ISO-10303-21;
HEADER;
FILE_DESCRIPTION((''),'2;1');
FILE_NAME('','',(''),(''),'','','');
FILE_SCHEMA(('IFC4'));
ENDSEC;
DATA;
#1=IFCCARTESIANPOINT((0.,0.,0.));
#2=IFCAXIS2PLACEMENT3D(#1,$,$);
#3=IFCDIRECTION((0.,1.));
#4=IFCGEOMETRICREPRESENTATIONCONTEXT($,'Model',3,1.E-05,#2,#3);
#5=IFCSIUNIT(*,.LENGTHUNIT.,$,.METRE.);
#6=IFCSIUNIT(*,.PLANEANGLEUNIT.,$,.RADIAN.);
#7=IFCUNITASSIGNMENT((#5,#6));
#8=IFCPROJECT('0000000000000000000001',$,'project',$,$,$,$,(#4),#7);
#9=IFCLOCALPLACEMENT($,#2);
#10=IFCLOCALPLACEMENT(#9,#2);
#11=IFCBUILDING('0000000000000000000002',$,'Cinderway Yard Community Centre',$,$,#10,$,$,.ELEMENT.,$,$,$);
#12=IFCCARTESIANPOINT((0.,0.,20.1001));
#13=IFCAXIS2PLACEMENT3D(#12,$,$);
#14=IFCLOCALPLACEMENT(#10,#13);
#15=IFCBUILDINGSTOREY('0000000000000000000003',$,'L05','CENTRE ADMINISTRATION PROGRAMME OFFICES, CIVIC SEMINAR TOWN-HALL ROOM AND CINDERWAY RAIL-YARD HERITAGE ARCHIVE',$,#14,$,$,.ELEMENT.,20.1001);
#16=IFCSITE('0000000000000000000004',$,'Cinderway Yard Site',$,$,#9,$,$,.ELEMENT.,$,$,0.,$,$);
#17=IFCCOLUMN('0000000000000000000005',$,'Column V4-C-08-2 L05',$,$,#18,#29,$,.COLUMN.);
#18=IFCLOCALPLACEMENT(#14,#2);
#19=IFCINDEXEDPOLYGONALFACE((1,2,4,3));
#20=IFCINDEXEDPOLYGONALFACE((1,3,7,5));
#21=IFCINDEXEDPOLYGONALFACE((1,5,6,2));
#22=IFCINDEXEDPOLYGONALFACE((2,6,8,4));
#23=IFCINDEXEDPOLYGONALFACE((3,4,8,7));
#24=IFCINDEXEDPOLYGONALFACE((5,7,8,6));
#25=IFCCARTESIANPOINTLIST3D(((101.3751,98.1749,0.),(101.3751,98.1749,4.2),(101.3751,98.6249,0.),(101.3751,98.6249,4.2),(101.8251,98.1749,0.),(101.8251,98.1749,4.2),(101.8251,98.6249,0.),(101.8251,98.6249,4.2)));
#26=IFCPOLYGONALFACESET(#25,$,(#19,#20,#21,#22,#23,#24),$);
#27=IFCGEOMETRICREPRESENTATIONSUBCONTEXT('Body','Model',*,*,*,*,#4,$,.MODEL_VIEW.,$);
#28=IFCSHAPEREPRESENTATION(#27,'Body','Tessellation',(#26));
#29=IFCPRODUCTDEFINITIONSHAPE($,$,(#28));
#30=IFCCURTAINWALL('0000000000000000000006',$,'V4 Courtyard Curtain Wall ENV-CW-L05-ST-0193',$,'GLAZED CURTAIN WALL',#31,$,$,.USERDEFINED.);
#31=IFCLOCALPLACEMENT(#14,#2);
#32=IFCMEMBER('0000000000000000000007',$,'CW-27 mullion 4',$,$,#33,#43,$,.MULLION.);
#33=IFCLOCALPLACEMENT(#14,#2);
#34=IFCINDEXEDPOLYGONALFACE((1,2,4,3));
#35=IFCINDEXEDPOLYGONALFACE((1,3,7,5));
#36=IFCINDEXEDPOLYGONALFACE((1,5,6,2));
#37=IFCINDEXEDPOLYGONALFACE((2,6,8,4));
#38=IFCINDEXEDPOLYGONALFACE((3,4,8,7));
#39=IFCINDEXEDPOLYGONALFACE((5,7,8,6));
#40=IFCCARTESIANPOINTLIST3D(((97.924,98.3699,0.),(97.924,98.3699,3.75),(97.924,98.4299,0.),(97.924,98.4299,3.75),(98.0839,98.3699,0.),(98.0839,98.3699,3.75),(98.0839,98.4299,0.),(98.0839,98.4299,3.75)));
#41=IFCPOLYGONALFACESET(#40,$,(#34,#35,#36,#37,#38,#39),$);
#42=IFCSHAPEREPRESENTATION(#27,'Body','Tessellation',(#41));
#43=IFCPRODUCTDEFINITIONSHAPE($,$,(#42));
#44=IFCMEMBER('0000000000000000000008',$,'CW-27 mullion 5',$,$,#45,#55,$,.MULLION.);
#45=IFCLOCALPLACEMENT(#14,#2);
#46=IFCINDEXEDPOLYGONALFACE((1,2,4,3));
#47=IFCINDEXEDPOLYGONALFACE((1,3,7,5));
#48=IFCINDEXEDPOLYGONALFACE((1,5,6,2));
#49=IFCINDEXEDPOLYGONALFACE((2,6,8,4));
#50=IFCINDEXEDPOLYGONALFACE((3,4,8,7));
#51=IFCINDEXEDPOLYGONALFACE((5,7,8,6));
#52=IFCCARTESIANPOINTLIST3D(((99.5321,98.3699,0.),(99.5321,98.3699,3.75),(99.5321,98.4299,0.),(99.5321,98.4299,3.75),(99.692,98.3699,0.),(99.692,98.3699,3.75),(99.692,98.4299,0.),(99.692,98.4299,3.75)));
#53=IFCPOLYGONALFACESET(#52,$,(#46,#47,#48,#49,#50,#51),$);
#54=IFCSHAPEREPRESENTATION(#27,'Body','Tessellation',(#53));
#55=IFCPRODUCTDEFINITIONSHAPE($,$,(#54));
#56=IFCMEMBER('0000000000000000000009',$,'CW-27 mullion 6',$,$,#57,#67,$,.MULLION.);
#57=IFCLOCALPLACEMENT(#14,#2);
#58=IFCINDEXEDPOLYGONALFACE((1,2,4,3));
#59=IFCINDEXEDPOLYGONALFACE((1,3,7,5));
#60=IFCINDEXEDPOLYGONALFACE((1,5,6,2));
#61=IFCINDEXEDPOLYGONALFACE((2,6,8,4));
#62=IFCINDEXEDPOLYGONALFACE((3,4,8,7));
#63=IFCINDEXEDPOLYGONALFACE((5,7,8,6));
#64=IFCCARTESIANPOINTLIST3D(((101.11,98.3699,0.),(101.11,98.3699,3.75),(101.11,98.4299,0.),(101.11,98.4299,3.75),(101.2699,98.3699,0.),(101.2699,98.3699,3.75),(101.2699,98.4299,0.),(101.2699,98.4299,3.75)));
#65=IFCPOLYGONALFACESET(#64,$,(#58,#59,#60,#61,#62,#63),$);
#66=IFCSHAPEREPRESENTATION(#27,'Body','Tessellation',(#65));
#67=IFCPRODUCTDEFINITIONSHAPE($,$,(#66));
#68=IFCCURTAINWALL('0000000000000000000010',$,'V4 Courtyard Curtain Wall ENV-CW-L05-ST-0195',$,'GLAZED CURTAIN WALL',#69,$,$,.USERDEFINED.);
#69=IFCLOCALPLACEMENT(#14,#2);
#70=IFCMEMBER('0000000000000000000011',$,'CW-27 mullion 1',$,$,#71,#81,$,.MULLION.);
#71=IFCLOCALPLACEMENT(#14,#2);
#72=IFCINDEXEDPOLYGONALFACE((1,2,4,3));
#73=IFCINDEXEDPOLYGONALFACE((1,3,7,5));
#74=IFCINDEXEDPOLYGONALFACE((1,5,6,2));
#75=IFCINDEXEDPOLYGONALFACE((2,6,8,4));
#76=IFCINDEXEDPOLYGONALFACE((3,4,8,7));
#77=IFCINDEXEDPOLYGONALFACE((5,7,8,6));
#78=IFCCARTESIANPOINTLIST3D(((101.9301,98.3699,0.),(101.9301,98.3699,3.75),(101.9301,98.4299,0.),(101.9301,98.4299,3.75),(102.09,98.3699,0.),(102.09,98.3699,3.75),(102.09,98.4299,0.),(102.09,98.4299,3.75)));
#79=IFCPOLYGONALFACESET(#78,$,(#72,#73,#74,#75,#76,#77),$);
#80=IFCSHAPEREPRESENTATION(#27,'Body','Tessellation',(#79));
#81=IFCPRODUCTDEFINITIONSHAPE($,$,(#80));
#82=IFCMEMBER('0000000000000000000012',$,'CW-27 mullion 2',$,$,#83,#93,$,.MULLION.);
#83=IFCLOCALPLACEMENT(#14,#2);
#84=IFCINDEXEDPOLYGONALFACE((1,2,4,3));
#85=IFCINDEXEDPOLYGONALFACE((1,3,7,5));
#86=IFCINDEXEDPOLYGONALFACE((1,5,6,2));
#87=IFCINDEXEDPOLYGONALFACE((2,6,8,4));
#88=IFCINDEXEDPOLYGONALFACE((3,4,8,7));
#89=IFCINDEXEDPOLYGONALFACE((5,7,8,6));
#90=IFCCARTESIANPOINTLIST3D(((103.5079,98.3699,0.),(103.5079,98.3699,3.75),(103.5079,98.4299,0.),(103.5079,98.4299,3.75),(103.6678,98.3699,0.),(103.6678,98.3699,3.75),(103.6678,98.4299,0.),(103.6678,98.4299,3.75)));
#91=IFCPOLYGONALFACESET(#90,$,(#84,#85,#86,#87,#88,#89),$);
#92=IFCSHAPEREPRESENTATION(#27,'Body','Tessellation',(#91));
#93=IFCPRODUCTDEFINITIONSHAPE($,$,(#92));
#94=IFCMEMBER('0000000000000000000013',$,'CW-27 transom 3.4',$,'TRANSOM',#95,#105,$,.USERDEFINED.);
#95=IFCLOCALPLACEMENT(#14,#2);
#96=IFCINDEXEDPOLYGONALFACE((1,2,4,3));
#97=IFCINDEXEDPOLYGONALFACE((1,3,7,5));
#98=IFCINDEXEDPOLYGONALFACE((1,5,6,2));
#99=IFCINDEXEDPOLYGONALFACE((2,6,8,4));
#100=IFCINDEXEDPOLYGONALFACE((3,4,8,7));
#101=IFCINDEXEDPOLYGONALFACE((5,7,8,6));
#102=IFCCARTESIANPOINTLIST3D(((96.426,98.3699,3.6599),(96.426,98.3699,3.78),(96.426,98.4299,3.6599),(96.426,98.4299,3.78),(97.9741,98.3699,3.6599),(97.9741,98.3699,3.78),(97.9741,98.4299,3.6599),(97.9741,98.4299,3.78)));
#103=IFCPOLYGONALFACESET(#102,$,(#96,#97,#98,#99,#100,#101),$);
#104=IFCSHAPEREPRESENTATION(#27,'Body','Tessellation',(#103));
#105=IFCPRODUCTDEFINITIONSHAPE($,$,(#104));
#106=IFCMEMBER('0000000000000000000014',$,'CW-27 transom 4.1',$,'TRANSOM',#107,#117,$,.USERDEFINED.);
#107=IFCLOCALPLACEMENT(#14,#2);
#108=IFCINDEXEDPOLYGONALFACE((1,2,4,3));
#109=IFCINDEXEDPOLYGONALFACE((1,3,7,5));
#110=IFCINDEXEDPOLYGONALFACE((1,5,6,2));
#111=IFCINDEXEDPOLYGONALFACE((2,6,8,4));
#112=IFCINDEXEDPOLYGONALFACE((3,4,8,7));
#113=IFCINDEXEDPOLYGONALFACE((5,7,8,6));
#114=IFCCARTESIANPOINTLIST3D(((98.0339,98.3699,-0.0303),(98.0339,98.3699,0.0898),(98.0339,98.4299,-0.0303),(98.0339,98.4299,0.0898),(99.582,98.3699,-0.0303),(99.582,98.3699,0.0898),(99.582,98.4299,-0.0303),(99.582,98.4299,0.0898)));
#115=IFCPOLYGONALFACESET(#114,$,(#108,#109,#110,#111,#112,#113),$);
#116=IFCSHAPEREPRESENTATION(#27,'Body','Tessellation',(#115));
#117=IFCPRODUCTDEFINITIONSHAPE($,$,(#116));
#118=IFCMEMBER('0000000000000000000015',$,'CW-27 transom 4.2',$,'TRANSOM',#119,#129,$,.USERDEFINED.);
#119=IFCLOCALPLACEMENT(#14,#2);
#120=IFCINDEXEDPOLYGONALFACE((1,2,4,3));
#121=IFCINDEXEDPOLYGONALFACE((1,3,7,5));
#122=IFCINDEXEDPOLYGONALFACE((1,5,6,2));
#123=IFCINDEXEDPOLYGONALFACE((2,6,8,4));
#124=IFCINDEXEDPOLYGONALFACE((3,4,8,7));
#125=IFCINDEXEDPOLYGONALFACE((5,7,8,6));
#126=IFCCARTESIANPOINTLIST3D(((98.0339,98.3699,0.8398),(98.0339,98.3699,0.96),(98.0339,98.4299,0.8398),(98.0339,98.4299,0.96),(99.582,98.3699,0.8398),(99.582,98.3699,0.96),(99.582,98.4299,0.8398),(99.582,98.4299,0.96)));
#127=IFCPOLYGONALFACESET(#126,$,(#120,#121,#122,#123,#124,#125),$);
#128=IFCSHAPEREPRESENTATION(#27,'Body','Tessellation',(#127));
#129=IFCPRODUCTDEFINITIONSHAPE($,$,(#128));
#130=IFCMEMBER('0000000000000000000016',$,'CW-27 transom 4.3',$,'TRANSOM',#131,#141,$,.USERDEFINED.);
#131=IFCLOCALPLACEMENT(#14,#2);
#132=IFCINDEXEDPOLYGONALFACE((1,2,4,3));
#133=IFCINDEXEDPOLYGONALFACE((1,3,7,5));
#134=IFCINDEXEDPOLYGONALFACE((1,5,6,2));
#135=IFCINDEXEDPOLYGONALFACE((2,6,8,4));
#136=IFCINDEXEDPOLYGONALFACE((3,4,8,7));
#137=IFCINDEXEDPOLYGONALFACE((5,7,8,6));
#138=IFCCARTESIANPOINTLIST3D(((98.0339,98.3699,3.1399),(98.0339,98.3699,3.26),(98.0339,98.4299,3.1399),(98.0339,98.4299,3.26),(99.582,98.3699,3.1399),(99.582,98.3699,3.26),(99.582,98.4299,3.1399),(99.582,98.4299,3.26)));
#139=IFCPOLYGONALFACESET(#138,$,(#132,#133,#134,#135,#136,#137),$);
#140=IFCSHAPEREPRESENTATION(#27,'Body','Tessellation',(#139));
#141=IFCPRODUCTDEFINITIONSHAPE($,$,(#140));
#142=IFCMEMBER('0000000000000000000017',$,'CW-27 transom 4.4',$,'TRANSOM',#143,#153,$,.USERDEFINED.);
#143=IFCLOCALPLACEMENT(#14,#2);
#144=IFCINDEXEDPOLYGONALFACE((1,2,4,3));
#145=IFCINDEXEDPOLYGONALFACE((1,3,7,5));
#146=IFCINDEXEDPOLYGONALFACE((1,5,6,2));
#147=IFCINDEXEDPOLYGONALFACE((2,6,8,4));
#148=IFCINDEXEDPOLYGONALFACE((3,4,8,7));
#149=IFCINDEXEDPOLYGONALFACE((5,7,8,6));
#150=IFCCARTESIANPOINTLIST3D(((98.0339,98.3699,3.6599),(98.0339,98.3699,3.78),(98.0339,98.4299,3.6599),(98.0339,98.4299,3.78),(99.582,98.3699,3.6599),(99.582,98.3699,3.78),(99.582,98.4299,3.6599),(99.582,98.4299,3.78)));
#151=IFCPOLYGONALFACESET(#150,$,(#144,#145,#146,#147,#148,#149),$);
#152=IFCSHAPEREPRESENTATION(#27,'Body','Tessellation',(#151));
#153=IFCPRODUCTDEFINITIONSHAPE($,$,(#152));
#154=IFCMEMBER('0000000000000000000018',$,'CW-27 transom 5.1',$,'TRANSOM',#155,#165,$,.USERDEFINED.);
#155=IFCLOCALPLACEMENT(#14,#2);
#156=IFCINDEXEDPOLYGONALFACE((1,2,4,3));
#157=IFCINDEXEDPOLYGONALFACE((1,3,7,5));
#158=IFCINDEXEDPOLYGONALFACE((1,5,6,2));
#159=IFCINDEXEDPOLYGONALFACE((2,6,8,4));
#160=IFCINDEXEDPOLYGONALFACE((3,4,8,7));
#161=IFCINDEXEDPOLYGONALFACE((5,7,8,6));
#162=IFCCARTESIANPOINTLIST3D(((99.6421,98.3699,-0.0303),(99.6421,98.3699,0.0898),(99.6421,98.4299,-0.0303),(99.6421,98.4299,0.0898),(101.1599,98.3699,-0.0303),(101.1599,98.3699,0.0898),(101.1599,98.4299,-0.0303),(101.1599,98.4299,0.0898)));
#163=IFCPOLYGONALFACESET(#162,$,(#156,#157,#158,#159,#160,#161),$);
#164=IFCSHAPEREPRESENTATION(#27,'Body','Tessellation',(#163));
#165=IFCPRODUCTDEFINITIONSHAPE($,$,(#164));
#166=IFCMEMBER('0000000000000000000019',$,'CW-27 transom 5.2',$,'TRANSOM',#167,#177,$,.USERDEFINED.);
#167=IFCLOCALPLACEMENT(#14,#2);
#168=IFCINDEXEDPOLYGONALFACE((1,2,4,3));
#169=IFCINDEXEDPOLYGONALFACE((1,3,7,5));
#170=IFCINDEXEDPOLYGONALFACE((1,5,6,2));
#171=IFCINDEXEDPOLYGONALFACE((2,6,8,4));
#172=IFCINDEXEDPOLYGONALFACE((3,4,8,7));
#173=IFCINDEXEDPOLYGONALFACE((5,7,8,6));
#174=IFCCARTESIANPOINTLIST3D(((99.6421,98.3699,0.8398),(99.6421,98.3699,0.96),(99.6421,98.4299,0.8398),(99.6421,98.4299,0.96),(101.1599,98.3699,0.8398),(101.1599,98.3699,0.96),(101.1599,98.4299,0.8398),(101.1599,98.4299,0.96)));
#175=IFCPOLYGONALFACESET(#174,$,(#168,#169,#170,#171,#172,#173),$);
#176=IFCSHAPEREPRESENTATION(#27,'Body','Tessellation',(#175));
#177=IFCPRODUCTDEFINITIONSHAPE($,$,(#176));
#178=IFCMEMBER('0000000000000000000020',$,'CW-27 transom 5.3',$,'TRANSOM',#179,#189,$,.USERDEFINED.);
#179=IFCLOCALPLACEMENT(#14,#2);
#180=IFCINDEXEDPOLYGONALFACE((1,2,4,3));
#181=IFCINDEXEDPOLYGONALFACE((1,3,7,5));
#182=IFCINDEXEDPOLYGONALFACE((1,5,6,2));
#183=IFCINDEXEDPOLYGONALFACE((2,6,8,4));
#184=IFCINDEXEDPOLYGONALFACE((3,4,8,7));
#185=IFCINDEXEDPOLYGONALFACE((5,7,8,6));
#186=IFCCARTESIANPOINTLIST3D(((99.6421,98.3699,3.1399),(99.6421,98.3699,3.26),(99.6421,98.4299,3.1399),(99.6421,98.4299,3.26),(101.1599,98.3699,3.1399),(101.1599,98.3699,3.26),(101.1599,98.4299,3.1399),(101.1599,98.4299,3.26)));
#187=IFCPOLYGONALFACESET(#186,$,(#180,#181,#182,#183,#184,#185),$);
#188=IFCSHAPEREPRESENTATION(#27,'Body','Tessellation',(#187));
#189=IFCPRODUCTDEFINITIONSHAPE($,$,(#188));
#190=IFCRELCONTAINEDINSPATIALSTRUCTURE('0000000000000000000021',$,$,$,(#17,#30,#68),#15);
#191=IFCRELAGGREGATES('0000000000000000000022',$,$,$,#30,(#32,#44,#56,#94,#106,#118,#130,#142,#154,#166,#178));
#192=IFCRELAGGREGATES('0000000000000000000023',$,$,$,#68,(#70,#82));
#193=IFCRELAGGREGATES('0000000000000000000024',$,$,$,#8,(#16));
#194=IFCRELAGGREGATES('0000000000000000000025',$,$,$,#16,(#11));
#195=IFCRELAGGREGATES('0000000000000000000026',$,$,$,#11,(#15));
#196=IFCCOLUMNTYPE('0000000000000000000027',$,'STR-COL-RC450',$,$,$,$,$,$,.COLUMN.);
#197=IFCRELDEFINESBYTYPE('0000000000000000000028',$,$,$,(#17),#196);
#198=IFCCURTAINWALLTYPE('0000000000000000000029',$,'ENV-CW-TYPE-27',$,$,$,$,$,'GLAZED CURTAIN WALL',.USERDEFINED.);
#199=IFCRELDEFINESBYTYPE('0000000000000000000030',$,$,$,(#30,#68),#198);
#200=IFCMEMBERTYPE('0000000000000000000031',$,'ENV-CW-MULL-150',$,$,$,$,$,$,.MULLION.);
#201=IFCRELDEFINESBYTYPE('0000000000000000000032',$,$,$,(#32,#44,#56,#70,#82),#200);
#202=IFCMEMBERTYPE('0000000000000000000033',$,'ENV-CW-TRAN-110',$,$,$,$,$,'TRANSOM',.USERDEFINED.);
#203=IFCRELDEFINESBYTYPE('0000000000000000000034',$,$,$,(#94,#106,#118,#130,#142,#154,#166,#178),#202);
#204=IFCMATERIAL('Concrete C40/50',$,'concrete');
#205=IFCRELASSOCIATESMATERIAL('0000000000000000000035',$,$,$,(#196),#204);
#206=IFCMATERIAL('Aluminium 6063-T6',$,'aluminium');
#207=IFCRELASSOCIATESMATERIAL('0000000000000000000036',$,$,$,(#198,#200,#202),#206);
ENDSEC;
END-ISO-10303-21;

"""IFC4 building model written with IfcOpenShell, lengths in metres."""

from ifc_helpers import new_model, si_unit, direction, frame, origin, origin_2d, place, context, subcontext, project, spatial, rectangle, extrude, material, material_profile, profile_set, type_object, element, aggregate, save


model = new_model("IFC4")

# Units and contexts
model_context = context("Model", 3, precision=1e-05, world=origin(), true_north=direction((0.0, 1.0)))
body_context = subcontext(model_context, "Body", "Model", "MODEL_VIEW")
ifc_project = project(units=[si_unit("LENGTHUNIT", "METRE"), si_unit("PLANEANGLEUNIT", "RADIAN")], contexts=[model_context])

# Site, building, storey
site_placement = place(None, origin())
site = spatial("IfcSite", under=ifc_project, at=site_placement, Name="Cinderway Yard Site", CompositionType="ELEMENT", RefElevation=0.0)
building_placement = place(site_placement, origin())
building = spatial("IfcBuilding", under=site, at=building_placement, Name="Cinderway Yard Community Centre", CompositionType="ELEMENT")
storey_placement = place(building_placement, frame((0.0, 0.0, 20.1001)))
storey = spatial("IfcBuildingStorey", under=building, at=storey_placement, Name="L05", Description="CENTRE ADMINISTRATION PROGRAMME OFFICES, CIVIC SEMINAR TOWN-HALL ROOM AND CINDERWAY RAIL-YARD HERITAGE ARCHIVE", CompositionType="ELEMENT", Elevation=20.1001)

# Column
ifc_material_1 = material(Name="Concrete C40/50", Category="concrete")
ifc_material_profile_1 = material_profile(ifc_material_1, rectangle(XDim=0.45, YDim=0.45, at=origin_2d()), Name="Concrete C40/50")
ifc_profile_set_1 = profile_set([ifc_material_profile_1], Name="Concrete C40/50")
column_type = type_object("IfcColumnType", Name="STR-COL-RC450", PredefinedType="COLUMN", material=ifc_profile_set_1)
column_placement = place(storey_placement, frame((101.6001, 98.3999, 0.0), z_axis=(0.0, 0.0, 1.0), x_axis=(1.0, 0.0, 0.0)))
element("IfcColumn", 1, at=column_placement, inside=storey, type_object=column_type, Name="Column V4-C-08-2 L05", PredefinedType="COLUMN", context=body_context, shape_type="SweptSolid", body=[
    extrude(rectangle(XDim=0.45, YDim=0.45, at=origin_2d()), origin(), (0.0, 0.0, 1.0), 4.2),
])

# Curtain walls, members
ifc_material_2 = material(Name="Aluminium 6063-T6", Category="aluminium")
curtain_wall_type = type_object("IfcCurtainWallType", Name="ENV-CW-TYPE-27", ElementType="GLAZED CURTAIN WALL", PredefinedType="USERDEFINED", material=ifc_material_2)
curtain_wall_1_placement = place(storey_placement, origin())
curtain_wall_1 = element("IfcCurtainWall", 2, at=curtain_wall_1_placement, inside=storey, type_object=curtain_wall_type, Name="V4 Courtyard Curtain Wall ENV-CW-L05-ST-0193", ObjectType="GLAZED CURTAIN WALL", PredefinedType="USERDEFINED")
ifc_material_profile_2 = material_profile(ifc_material_2, rectangle(XDim=0.0601, YDim=0.1599, at=origin_2d()), Name="Aluminium 6063-T6")
ifc_profile_set_2 = profile_set([ifc_material_profile_2], Name="Aluminium 6063-T6")
member_type_1 = type_object("IfcMemberType", Name="ENV-CW-MULL-150", PredefinedType="MULLION", material=ifc_profile_set_2)
member_1_placement = place(storey_placement, frame((98.0039, 98.3999, 0.0), z_axis=(0.0, 0.0, 1.0), x_axis=(0.0, 1.0, 0.0)))
member_1 = element("IfcMember", 3, at=member_1_placement, type_object=member_type_1, Name="CW-27 mullion 4", PredefinedType="MULLION", context=body_context, shape_type="SweptSolid", body=[
    extrude(rectangle(XDim=0.0601, YDim=0.1599, at=origin_2d()), origin(), (0.0, 0.0, 1.0), 3.75),
])
member_2_placement = place(storey_placement, frame((99.6121, 98.3999, 0.0), z_axis=(0.0, 0.0, 1.0), x_axis=(0.0, 1.0, 0.0)))
member_2 = element("IfcMember", 4, at=member_2_placement, type_object=member_type_1, Name="CW-27 mullion 5", PredefinedType="MULLION", context=body_context, shape_type="SweptSolid", body=[
    extrude(rectangle(XDim=0.0601, YDim=0.1599, at=origin_2d()), origin(), (0.0, 0.0, 1.0), 3.75),
])
member_3_placement = place(storey_placement, frame((101.1899, 98.3999, 0.0), z_axis=(0.0, 0.0, 1.0), x_axis=(0.0, 1.0, 0.0)))
member_3 = element("IfcMember", 5, at=member_3_placement, type_object=member_type_1, Name="CW-27 mullion 6", PredefinedType="MULLION", context=body_context, shape_type="SweptSolid", body=[
    extrude(rectangle(XDim=0.0601, YDim=0.1599, at=origin_2d()), origin(), (0.0, 0.0, 1.0), 3.75),
])
curtain_wall_2_placement = place(storey_placement, origin())
curtain_wall_2 = element("IfcCurtainWall", 6, at=curtain_wall_2_placement, inside=storey, type_object=curtain_wall_type, Name="V4 Courtyard Curtain Wall ENV-CW-L05-ST-0195", ObjectType="GLAZED CURTAIN WALL", PredefinedType="USERDEFINED")
member_4_placement = place(storey_placement, frame((102.01, 98.3999, 0.0), z_axis=(0.0, 0.0, 1.0), x_axis=(0.0, 1.0, 0.0)))
member_4 = element("IfcMember", 7, at=member_4_placement, type_object=member_type_1, Name="CW-27 mullion 1", PredefinedType="MULLION", context=body_context, shape_type="SweptSolid", body=[
    extrude(rectangle(XDim=0.0601, YDim=0.1599, at=origin_2d()), origin(), (0.0, 0.0, 1.0), 3.75),
])
member_5_placement = place(storey_placement, frame((103.5879, 98.3999, 0.0), z_axis=(0.0, 0.0, 1.0), x_axis=(0.0, 1.0, 0.0)))
member_5 = element("IfcMember", 8, at=member_5_placement, type_object=member_type_1, Name="CW-27 mullion 2", PredefinedType="MULLION", context=body_context, shape_type="SweptSolid", body=[
    extrude(rectangle(XDim=0.0601, YDim=0.1599, at=origin_2d()), origin(), (0.0, 0.0, 1.0), 3.75),
])

# Members
ifc_material_profile_3 = material_profile(ifc_material_2, rectangle(XDim=0.0601, YDim=0.1201, at=origin_2d()), Name="Aluminium 6063-T6")
ifc_profile_set_3 = profile_set([ifc_material_profile_3], Name="Aluminium 6063-T6")
member_type_2 = type_object("IfcMemberType", Name="ENV-CW-TRAN-110", ElementType="TRANSOM", PredefinedType="USERDEFINED", material=ifc_profile_set_3)
member_6_placement = place(storey_placement, frame((96.426, 98.3999, 3.72), z_axis=(1.0, 0.0, 0.0), x_axis=(0.0, 1.0, 0.0)))
member_6 = element("IfcMember", 9, at=member_6_placement, type_object=member_type_2, Name="CW-27 transom 3.4", ObjectType="TRANSOM", PredefinedType="USERDEFINED", context=body_context, shape_type="SweptSolid", body=[
    extrude(rectangle(XDim=0.0601, YDim=0.1201, at=origin_2d()), origin(), (0.0, 0.0, 1.0), 1.5481),
])
member_7_placement = place(storey_placement, frame((98.0339, 98.3999, 0.0298), z_axis=(1.0, 0.0, 0.0), x_axis=(0.0, 1.0, 0.0)))
member_7 = element("IfcMember", 10, at=member_7_placement, type_object=member_type_2, Name="CW-27 transom 4.1", ObjectType="TRANSOM", PredefinedType="USERDEFINED", context=body_context, shape_type="SweptSolid", body=[
    extrude(rectangle(XDim=0.0601, YDim=0.1201, at=origin_2d()), origin(), (0.0, 0.0, 1.0), 1.5481),
])
member_8_placement = place(storey_placement, frame((98.0339, 98.3999, 0.8999), z_axis=(1.0, 0.0, 0.0), x_axis=(0.0, 1.0, 0.0)))
member_8 = element("IfcMember", 11, at=member_8_placement, type_object=member_type_2, Name="CW-27 transom 4.2", ObjectType="TRANSOM", PredefinedType="USERDEFINED", context=body_context, shape_type="SweptSolid", body=[
    extrude(rectangle(XDim=0.0601, YDim=0.1201, at=origin_2d()), origin(), (0.0, 0.0, 1.0), 1.5481),
])
member_9_placement = place(storey_placement, frame((98.0339, 98.3999, 3.2), z_axis=(1.0, 0.0, 0.0), x_axis=(0.0, 1.0, 0.0)))
member_9 = element("IfcMember", 12, at=member_9_placement, type_object=member_type_2, Name="CW-27 transom 4.3", ObjectType="TRANSOM", PredefinedType="USERDEFINED", context=body_context, shape_type="SweptSolid", body=[
    extrude(rectangle(XDim=0.0601, YDim=0.1201, at=origin_2d()), origin(), (0.0, 0.0, 1.0), 1.5481),
])
member_10_placement = place(storey_placement, frame((98.0339, 98.3999, 3.72), z_axis=(1.0, 0.0, 0.0), x_axis=(0.0, 1.0, 0.0)))
member_10 = element("IfcMember", 13, at=member_10_placement, type_object=member_type_2, Name="CW-27 transom 4.4", ObjectType="TRANSOM", PredefinedType="USERDEFINED", context=body_context, shape_type="SweptSolid", body=[
    extrude(rectangle(XDim=0.0601, YDim=0.1201, at=origin_2d()), origin(), (0.0, 0.0, 1.0), 1.5481),
])
member_11_placement = place(storey_placement, frame((99.6421, 98.3999, 0.0298), z_axis=(1.0, 0.0, 0.0), x_axis=(0.0, 1.0, 0.0)))
member_11 = element("IfcMember", 14, at=member_11_placement, type_object=member_type_2, Name="CW-27 transom 5.1", ObjectType="TRANSOM", PredefinedType="USERDEFINED", context=body_context, shape_type="SweptSolid", body=[
    extrude(rectangle(XDim=0.0601, YDim=0.1201, at=origin_2d()), origin(), (0.0, 0.0, 1.0), 1.5178),
])
member_12_placement = place(storey_placement, frame((99.6421, 98.3999, 0.8999), z_axis=(1.0, 0.0, 0.0), x_axis=(0.0, 1.0, 0.0)))
member_12 = element("IfcMember", 15, at=member_12_placement, type_object=member_type_2, Name="CW-27 transom 5.2", ObjectType="TRANSOM", PredefinedType="USERDEFINED", context=body_context, shape_type="SweptSolid", body=[
    extrude(rectangle(XDim=0.0601, YDim=0.1201, at=origin_2d()), origin(), (0.0, 0.0, 1.0), 1.5178),
])
member_13_placement = place(storey_placement, frame((99.6421, 98.3999, 3.2), z_axis=(1.0, 0.0, 0.0), x_axis=(0.0, 1.0, 0.0)))
member_13 = element("IfcMember", 16, at=member_13_placement, type_object=member_type_2, Name="CW-27 transom 5.3", ObjectType="TRANSOM", PredefinedType="USERDEFINED", context=body_context, shape_type="SweptSolid", body=[
    extrude(rectangle(XDim=0.0601, YDim=0.1201, at=origin_2d()), origin(), (0.0, 0.0, 1.0), 1.5178),
])

aggregate(curtain_wall_1, [member_1, member_2, member_3, member_6, member_7, member_8, member_9, member_10, member_11, member_12, member_13])
aggregate(curtain_wall_2, [member_4, member_5])

save(model, "model.ifc")
